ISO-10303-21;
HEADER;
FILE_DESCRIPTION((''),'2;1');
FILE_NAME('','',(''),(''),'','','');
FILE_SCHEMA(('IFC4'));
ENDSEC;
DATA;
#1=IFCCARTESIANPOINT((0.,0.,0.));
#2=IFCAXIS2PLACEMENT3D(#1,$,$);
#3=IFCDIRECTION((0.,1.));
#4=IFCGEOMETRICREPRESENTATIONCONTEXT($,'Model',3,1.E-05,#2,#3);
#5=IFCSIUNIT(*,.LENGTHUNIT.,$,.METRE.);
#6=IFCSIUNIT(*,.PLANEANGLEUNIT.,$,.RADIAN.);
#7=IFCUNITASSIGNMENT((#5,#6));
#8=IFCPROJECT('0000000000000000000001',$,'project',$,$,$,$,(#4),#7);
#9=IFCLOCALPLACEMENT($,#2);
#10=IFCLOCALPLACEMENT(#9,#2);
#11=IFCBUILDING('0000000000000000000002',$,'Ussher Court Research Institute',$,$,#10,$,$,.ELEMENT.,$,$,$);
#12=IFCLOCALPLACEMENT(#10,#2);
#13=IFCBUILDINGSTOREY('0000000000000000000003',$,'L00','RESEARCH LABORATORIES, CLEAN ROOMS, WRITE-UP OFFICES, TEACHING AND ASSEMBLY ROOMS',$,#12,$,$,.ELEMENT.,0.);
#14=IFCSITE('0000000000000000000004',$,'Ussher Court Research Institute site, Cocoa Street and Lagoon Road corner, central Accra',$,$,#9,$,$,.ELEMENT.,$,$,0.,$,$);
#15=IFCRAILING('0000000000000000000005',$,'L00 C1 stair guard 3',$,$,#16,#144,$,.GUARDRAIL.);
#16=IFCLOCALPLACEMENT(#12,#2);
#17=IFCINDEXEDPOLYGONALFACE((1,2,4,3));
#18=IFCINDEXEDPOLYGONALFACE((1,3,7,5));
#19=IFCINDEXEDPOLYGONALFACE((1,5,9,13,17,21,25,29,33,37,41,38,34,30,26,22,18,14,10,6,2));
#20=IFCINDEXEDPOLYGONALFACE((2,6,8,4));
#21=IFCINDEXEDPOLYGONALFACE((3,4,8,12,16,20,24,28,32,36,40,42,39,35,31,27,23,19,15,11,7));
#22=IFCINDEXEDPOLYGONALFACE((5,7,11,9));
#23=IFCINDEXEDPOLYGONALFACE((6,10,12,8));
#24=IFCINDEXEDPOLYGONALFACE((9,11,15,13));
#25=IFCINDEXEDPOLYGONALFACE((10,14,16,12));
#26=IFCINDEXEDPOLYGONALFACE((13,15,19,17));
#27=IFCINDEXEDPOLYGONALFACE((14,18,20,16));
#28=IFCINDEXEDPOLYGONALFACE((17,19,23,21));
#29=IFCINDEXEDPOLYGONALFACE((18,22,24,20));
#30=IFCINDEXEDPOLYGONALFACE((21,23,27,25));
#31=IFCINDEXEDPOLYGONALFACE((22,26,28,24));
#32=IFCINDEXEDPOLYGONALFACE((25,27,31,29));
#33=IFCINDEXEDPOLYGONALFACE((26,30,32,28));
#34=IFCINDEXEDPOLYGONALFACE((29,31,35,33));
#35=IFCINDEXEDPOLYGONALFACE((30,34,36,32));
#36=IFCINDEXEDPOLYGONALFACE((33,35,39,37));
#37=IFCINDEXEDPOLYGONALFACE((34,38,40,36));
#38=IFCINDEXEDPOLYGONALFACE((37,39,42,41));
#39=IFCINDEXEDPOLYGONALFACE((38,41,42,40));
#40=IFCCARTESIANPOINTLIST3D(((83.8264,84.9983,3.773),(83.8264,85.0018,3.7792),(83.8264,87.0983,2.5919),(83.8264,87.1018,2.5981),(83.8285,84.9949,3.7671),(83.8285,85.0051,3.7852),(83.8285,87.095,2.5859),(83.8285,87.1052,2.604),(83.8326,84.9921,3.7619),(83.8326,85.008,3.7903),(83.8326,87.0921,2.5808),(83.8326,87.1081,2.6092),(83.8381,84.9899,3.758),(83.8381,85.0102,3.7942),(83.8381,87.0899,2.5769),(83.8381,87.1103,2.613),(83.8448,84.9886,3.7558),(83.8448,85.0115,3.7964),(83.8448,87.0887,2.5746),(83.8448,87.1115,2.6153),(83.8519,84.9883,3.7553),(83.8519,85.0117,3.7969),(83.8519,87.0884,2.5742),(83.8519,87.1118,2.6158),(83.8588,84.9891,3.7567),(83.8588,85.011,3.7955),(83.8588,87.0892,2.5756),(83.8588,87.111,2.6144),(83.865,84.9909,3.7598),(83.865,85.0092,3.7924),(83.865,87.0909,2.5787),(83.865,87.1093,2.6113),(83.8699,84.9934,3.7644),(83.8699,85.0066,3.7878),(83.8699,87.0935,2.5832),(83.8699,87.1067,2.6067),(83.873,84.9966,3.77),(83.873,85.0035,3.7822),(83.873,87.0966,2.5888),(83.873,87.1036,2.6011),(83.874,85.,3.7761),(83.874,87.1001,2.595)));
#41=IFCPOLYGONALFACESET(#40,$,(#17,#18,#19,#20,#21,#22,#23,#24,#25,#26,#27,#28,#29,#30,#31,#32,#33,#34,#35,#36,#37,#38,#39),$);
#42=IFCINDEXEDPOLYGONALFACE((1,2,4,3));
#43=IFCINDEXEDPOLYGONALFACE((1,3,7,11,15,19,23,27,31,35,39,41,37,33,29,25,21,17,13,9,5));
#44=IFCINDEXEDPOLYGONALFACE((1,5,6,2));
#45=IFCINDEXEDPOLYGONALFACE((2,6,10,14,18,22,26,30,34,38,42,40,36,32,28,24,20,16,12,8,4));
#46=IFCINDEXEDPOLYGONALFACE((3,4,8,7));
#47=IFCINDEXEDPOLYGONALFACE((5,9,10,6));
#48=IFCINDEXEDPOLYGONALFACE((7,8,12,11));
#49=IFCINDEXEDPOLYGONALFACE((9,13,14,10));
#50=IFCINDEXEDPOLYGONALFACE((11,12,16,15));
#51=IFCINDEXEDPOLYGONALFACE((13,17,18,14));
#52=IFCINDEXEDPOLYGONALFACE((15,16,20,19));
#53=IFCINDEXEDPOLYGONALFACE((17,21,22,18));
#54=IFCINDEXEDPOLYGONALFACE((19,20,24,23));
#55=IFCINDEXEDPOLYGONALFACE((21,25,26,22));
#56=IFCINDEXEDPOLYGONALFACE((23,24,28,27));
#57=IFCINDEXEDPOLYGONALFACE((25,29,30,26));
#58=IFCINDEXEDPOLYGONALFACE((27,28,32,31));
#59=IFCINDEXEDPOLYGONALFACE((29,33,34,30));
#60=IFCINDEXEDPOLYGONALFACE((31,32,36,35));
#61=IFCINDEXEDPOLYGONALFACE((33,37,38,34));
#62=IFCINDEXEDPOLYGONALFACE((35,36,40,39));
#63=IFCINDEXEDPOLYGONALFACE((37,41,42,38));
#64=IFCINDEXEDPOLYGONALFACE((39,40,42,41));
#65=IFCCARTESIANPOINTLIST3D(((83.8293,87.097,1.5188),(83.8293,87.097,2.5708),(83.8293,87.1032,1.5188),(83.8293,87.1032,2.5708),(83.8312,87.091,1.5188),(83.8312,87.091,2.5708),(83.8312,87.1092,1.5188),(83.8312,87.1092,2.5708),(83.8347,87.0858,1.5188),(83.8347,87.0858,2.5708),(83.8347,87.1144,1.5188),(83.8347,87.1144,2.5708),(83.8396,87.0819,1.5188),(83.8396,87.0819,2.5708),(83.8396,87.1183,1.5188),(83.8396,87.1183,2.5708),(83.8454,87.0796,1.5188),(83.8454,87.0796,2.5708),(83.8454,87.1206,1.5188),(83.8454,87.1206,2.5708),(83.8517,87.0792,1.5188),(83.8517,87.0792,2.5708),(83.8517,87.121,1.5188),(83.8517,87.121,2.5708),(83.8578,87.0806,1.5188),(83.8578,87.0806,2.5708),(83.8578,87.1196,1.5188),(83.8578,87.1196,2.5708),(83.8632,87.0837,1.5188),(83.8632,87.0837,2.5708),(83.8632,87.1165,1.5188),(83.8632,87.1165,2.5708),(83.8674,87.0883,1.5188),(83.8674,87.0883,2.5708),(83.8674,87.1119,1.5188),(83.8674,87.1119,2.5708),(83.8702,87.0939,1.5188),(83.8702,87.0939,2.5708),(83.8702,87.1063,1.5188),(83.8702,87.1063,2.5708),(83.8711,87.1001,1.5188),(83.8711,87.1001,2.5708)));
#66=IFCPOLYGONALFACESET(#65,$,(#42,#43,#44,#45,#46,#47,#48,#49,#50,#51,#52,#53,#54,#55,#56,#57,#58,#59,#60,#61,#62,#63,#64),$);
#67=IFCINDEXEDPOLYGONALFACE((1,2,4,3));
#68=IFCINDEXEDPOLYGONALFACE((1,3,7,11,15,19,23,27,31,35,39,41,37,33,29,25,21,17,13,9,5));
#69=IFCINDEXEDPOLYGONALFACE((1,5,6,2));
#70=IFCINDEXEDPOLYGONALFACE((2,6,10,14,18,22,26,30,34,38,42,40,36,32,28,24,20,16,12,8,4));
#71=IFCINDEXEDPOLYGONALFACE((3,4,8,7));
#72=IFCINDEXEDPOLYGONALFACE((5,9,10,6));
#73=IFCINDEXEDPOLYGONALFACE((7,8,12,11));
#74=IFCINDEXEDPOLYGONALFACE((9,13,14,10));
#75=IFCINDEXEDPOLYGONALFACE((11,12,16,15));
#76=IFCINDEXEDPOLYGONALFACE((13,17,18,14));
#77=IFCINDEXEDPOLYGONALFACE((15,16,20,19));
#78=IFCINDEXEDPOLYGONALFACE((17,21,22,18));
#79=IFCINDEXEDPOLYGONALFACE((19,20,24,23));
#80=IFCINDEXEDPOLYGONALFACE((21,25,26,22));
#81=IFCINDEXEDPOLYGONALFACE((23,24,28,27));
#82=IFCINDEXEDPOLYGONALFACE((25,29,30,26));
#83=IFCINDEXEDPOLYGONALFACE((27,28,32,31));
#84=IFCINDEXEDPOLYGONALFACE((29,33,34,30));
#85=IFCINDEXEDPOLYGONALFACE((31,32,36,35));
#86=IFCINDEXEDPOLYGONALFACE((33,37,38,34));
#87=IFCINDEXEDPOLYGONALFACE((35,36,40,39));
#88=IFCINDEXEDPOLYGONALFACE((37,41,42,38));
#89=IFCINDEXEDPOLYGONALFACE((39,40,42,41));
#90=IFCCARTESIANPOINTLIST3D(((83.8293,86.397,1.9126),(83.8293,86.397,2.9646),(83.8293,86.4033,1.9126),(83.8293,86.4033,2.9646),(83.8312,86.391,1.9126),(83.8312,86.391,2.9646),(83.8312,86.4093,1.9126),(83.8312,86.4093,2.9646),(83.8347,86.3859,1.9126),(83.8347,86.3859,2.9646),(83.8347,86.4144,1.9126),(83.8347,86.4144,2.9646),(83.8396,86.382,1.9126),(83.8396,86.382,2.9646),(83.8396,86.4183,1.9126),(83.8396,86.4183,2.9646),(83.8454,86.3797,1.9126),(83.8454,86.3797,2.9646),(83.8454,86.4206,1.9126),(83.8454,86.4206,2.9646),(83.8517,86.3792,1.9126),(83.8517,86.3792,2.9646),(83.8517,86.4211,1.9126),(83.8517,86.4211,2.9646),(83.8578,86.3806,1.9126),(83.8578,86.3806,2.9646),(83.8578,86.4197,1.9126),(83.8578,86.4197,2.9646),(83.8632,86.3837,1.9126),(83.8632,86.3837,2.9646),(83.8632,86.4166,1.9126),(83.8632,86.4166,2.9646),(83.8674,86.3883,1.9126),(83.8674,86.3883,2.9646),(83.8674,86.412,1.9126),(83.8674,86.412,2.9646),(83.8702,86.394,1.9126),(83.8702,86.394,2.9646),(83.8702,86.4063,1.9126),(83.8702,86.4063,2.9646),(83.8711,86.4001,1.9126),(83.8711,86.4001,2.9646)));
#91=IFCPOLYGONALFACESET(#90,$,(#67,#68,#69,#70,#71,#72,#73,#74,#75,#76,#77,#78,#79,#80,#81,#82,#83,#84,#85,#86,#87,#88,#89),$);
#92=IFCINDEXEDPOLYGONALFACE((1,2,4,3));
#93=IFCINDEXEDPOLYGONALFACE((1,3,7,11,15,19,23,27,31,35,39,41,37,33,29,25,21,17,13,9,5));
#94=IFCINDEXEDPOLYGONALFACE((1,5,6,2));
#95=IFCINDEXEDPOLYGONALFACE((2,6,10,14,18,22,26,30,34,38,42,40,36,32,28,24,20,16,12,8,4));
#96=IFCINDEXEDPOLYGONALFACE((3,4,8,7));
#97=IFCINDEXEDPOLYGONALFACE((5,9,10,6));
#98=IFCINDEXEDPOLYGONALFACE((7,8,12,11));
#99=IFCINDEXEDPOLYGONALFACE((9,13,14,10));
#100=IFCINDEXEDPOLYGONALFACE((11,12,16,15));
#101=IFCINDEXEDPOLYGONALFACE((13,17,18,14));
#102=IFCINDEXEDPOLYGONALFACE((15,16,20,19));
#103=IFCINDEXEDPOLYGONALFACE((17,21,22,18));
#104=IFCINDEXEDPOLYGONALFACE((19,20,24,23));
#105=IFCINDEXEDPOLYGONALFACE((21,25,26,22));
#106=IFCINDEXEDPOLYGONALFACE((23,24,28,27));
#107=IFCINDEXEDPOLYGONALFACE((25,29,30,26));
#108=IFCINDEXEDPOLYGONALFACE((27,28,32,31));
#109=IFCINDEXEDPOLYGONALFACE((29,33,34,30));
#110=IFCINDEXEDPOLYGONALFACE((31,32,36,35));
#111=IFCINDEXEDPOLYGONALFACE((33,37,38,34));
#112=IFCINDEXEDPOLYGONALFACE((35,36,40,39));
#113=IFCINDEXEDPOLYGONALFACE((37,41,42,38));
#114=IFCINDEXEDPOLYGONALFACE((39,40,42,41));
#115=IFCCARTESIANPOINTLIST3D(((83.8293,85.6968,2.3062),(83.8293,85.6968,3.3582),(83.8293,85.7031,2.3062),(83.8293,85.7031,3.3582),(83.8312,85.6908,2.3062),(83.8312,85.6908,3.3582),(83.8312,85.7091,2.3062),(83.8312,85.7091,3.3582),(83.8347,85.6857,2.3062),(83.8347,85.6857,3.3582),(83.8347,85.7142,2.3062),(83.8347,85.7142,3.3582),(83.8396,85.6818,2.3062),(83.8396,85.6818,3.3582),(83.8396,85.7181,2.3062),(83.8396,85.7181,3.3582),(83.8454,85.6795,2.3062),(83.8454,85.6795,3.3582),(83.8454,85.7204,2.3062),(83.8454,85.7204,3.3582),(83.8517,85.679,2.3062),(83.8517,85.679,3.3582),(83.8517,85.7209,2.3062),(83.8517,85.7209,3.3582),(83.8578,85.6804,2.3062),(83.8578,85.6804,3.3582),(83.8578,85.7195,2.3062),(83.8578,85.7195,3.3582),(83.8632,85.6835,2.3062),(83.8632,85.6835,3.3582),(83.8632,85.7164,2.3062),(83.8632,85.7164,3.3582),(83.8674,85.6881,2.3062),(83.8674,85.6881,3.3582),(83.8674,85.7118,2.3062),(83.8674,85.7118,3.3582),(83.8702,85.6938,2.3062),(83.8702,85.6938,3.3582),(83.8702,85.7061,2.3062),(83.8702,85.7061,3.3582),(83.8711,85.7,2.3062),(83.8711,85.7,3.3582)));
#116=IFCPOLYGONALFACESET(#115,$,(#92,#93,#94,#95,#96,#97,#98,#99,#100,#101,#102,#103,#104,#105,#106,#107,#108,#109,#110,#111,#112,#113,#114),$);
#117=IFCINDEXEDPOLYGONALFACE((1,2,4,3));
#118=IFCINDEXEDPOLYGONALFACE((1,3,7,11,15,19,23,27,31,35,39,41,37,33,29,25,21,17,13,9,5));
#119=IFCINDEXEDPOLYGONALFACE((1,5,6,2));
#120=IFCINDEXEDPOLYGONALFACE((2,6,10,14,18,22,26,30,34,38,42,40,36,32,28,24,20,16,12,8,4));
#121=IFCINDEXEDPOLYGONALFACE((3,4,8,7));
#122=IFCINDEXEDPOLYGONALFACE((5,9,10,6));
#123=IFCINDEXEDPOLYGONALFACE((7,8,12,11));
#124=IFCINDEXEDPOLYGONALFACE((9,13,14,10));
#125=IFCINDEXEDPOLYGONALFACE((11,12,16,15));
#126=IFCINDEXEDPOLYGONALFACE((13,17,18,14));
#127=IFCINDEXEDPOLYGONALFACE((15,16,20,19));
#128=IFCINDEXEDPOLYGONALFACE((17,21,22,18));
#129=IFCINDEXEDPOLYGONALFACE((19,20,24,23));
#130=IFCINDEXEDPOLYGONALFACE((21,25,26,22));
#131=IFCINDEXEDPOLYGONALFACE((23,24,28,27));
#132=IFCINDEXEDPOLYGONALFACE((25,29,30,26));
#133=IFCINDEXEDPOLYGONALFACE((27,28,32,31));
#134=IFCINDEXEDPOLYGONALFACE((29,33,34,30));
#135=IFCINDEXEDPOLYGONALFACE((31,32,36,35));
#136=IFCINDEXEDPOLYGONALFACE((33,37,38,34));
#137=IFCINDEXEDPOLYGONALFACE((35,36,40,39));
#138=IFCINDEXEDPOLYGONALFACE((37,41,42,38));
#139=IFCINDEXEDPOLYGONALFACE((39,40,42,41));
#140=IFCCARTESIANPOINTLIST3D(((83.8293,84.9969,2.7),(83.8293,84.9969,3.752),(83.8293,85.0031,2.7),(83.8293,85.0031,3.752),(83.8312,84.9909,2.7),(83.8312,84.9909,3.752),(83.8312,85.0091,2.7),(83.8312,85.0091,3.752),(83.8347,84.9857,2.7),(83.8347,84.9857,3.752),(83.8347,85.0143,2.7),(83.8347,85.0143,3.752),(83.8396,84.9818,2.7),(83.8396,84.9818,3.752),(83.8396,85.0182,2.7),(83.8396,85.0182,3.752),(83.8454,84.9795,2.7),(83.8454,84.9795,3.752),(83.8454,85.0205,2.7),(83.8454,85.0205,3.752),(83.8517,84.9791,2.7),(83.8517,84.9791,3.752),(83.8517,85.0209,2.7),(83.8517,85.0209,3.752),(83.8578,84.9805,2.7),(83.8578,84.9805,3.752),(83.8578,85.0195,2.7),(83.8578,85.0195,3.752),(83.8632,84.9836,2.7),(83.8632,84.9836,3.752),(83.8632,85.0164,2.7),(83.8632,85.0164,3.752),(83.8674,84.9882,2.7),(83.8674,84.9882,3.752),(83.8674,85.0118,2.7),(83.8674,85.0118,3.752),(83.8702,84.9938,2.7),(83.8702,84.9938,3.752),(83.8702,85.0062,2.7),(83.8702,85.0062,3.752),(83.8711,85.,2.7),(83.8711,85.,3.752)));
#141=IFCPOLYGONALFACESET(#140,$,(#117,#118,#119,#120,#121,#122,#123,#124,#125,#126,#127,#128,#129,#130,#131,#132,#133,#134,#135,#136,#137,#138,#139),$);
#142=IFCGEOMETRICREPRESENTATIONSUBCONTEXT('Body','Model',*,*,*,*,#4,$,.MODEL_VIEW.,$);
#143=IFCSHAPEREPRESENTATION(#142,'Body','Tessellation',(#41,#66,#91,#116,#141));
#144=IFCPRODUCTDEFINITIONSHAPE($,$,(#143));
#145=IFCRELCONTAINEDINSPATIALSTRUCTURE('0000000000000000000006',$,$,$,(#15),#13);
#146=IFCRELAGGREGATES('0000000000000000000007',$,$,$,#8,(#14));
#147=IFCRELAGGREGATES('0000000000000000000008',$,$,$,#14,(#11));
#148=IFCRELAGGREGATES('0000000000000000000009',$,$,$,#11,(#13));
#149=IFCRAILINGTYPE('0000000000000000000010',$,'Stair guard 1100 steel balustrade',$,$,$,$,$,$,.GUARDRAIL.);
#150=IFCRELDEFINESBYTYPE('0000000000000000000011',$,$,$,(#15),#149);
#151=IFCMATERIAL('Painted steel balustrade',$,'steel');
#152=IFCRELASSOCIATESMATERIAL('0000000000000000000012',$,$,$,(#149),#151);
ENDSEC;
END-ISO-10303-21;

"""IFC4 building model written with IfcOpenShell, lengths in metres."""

from ifc_helpers import new_model, si_unit, direction, frame, origin, origin_2d, place, context, subcontext, project, spatial, circle, extrude, material, type_object, element, save


model = new_model("IFC4")

# Units and contexts
model_context = context("Model", 3, precision=1e-05, world=origin(), true_north=direction((0.0, 1.0)))
body_context = subcontext(model_context, "Body", "Model", "MODEL_VIEW")
ifc_project = project(units=[si_unit("LENGTHUNIT", "METRE"), si_unit("PLANEANGLEUNIT", "RADIAN")], contexts=[model_context])

# Site, building, storey
site_placement = place(None, origin())
site = spatial("IfcSite", under=ifc_project, at=site_placement, Name="Ussher Court Research Institute site, Cocoa Street and Lagoon Road corner, central Accra", CompositionType="ELEMENT", RefElevation=0.0)
building_placement = place(site_placement, origin())
building = spatial("IfcBuilding", under=site, at=building_placement, Name="Ussher Court Research Institute", CompositionType="ELEMENT")
storey_placement = place(building_placement, origin())
storey = spatial("IfcBuildingStorey", under=building, at=storey_placement, Name="L00", Description="RESEARCH LABORATORIES, CLEAN ROOMS, WRITE-UP OFFICES, TEACHING AND ASSEMBLY ROOMS", CompositionType="ELEMENT", Elevation=0.0)

# Railing
ifc_material_1 = material(Name="Painted steel balustrade", Category="steel")
railing_type_1 = type_object("IfcRailingType", Name="Stair guard 1100 steel balustrade", PredefinedType="GUARDRAIL", material=ifc_material_1)
railing_1_placement = place(storey_placement, frame((83.8501, 87.1001, 1.5188)))
element("IfcRailing", 1, at=railing_1_placement, inside=storey, type_object=railing_type_1, Name="L00 C1 stair guard 3", PredefinedType="GUARDRAIL", context=body_context, shape_type="SweptSolid", body=[
    extrude(circle(Radius=0.0239, at=origin_2d()), frame((0.0, 0.0, 1.0762), z_axis=(0.0, -0.871603, 0.490213), x_axis=(1.0, 0.0, 0.0)), (0.0, 0.0, 1.0), 2.4094),
    extrude(circle(Radius=0.021, at=origin_2d()), origin(), (0.0, 0.0, 1.0), 1.052),
    extrude(circle(Radius=0.021, at=origin_2d()), frame((0.0, -0.7, 0.3938)), (0.0, 0.0, 1.0), 1.052),
    extrude(circle(Radius=0.021, at=origin_2d()), frame((0.0, -1.4001, 0.7874)), (0.0, 0.0, 1.0), 1.052),
    extrude(circle(Radius=0.021, at=origin_2d()), frame((0.0, -2.1001, 1.1812)), (0.0, 0.0, 1.0), 1.052),
])

save(model, "model.ifc")
